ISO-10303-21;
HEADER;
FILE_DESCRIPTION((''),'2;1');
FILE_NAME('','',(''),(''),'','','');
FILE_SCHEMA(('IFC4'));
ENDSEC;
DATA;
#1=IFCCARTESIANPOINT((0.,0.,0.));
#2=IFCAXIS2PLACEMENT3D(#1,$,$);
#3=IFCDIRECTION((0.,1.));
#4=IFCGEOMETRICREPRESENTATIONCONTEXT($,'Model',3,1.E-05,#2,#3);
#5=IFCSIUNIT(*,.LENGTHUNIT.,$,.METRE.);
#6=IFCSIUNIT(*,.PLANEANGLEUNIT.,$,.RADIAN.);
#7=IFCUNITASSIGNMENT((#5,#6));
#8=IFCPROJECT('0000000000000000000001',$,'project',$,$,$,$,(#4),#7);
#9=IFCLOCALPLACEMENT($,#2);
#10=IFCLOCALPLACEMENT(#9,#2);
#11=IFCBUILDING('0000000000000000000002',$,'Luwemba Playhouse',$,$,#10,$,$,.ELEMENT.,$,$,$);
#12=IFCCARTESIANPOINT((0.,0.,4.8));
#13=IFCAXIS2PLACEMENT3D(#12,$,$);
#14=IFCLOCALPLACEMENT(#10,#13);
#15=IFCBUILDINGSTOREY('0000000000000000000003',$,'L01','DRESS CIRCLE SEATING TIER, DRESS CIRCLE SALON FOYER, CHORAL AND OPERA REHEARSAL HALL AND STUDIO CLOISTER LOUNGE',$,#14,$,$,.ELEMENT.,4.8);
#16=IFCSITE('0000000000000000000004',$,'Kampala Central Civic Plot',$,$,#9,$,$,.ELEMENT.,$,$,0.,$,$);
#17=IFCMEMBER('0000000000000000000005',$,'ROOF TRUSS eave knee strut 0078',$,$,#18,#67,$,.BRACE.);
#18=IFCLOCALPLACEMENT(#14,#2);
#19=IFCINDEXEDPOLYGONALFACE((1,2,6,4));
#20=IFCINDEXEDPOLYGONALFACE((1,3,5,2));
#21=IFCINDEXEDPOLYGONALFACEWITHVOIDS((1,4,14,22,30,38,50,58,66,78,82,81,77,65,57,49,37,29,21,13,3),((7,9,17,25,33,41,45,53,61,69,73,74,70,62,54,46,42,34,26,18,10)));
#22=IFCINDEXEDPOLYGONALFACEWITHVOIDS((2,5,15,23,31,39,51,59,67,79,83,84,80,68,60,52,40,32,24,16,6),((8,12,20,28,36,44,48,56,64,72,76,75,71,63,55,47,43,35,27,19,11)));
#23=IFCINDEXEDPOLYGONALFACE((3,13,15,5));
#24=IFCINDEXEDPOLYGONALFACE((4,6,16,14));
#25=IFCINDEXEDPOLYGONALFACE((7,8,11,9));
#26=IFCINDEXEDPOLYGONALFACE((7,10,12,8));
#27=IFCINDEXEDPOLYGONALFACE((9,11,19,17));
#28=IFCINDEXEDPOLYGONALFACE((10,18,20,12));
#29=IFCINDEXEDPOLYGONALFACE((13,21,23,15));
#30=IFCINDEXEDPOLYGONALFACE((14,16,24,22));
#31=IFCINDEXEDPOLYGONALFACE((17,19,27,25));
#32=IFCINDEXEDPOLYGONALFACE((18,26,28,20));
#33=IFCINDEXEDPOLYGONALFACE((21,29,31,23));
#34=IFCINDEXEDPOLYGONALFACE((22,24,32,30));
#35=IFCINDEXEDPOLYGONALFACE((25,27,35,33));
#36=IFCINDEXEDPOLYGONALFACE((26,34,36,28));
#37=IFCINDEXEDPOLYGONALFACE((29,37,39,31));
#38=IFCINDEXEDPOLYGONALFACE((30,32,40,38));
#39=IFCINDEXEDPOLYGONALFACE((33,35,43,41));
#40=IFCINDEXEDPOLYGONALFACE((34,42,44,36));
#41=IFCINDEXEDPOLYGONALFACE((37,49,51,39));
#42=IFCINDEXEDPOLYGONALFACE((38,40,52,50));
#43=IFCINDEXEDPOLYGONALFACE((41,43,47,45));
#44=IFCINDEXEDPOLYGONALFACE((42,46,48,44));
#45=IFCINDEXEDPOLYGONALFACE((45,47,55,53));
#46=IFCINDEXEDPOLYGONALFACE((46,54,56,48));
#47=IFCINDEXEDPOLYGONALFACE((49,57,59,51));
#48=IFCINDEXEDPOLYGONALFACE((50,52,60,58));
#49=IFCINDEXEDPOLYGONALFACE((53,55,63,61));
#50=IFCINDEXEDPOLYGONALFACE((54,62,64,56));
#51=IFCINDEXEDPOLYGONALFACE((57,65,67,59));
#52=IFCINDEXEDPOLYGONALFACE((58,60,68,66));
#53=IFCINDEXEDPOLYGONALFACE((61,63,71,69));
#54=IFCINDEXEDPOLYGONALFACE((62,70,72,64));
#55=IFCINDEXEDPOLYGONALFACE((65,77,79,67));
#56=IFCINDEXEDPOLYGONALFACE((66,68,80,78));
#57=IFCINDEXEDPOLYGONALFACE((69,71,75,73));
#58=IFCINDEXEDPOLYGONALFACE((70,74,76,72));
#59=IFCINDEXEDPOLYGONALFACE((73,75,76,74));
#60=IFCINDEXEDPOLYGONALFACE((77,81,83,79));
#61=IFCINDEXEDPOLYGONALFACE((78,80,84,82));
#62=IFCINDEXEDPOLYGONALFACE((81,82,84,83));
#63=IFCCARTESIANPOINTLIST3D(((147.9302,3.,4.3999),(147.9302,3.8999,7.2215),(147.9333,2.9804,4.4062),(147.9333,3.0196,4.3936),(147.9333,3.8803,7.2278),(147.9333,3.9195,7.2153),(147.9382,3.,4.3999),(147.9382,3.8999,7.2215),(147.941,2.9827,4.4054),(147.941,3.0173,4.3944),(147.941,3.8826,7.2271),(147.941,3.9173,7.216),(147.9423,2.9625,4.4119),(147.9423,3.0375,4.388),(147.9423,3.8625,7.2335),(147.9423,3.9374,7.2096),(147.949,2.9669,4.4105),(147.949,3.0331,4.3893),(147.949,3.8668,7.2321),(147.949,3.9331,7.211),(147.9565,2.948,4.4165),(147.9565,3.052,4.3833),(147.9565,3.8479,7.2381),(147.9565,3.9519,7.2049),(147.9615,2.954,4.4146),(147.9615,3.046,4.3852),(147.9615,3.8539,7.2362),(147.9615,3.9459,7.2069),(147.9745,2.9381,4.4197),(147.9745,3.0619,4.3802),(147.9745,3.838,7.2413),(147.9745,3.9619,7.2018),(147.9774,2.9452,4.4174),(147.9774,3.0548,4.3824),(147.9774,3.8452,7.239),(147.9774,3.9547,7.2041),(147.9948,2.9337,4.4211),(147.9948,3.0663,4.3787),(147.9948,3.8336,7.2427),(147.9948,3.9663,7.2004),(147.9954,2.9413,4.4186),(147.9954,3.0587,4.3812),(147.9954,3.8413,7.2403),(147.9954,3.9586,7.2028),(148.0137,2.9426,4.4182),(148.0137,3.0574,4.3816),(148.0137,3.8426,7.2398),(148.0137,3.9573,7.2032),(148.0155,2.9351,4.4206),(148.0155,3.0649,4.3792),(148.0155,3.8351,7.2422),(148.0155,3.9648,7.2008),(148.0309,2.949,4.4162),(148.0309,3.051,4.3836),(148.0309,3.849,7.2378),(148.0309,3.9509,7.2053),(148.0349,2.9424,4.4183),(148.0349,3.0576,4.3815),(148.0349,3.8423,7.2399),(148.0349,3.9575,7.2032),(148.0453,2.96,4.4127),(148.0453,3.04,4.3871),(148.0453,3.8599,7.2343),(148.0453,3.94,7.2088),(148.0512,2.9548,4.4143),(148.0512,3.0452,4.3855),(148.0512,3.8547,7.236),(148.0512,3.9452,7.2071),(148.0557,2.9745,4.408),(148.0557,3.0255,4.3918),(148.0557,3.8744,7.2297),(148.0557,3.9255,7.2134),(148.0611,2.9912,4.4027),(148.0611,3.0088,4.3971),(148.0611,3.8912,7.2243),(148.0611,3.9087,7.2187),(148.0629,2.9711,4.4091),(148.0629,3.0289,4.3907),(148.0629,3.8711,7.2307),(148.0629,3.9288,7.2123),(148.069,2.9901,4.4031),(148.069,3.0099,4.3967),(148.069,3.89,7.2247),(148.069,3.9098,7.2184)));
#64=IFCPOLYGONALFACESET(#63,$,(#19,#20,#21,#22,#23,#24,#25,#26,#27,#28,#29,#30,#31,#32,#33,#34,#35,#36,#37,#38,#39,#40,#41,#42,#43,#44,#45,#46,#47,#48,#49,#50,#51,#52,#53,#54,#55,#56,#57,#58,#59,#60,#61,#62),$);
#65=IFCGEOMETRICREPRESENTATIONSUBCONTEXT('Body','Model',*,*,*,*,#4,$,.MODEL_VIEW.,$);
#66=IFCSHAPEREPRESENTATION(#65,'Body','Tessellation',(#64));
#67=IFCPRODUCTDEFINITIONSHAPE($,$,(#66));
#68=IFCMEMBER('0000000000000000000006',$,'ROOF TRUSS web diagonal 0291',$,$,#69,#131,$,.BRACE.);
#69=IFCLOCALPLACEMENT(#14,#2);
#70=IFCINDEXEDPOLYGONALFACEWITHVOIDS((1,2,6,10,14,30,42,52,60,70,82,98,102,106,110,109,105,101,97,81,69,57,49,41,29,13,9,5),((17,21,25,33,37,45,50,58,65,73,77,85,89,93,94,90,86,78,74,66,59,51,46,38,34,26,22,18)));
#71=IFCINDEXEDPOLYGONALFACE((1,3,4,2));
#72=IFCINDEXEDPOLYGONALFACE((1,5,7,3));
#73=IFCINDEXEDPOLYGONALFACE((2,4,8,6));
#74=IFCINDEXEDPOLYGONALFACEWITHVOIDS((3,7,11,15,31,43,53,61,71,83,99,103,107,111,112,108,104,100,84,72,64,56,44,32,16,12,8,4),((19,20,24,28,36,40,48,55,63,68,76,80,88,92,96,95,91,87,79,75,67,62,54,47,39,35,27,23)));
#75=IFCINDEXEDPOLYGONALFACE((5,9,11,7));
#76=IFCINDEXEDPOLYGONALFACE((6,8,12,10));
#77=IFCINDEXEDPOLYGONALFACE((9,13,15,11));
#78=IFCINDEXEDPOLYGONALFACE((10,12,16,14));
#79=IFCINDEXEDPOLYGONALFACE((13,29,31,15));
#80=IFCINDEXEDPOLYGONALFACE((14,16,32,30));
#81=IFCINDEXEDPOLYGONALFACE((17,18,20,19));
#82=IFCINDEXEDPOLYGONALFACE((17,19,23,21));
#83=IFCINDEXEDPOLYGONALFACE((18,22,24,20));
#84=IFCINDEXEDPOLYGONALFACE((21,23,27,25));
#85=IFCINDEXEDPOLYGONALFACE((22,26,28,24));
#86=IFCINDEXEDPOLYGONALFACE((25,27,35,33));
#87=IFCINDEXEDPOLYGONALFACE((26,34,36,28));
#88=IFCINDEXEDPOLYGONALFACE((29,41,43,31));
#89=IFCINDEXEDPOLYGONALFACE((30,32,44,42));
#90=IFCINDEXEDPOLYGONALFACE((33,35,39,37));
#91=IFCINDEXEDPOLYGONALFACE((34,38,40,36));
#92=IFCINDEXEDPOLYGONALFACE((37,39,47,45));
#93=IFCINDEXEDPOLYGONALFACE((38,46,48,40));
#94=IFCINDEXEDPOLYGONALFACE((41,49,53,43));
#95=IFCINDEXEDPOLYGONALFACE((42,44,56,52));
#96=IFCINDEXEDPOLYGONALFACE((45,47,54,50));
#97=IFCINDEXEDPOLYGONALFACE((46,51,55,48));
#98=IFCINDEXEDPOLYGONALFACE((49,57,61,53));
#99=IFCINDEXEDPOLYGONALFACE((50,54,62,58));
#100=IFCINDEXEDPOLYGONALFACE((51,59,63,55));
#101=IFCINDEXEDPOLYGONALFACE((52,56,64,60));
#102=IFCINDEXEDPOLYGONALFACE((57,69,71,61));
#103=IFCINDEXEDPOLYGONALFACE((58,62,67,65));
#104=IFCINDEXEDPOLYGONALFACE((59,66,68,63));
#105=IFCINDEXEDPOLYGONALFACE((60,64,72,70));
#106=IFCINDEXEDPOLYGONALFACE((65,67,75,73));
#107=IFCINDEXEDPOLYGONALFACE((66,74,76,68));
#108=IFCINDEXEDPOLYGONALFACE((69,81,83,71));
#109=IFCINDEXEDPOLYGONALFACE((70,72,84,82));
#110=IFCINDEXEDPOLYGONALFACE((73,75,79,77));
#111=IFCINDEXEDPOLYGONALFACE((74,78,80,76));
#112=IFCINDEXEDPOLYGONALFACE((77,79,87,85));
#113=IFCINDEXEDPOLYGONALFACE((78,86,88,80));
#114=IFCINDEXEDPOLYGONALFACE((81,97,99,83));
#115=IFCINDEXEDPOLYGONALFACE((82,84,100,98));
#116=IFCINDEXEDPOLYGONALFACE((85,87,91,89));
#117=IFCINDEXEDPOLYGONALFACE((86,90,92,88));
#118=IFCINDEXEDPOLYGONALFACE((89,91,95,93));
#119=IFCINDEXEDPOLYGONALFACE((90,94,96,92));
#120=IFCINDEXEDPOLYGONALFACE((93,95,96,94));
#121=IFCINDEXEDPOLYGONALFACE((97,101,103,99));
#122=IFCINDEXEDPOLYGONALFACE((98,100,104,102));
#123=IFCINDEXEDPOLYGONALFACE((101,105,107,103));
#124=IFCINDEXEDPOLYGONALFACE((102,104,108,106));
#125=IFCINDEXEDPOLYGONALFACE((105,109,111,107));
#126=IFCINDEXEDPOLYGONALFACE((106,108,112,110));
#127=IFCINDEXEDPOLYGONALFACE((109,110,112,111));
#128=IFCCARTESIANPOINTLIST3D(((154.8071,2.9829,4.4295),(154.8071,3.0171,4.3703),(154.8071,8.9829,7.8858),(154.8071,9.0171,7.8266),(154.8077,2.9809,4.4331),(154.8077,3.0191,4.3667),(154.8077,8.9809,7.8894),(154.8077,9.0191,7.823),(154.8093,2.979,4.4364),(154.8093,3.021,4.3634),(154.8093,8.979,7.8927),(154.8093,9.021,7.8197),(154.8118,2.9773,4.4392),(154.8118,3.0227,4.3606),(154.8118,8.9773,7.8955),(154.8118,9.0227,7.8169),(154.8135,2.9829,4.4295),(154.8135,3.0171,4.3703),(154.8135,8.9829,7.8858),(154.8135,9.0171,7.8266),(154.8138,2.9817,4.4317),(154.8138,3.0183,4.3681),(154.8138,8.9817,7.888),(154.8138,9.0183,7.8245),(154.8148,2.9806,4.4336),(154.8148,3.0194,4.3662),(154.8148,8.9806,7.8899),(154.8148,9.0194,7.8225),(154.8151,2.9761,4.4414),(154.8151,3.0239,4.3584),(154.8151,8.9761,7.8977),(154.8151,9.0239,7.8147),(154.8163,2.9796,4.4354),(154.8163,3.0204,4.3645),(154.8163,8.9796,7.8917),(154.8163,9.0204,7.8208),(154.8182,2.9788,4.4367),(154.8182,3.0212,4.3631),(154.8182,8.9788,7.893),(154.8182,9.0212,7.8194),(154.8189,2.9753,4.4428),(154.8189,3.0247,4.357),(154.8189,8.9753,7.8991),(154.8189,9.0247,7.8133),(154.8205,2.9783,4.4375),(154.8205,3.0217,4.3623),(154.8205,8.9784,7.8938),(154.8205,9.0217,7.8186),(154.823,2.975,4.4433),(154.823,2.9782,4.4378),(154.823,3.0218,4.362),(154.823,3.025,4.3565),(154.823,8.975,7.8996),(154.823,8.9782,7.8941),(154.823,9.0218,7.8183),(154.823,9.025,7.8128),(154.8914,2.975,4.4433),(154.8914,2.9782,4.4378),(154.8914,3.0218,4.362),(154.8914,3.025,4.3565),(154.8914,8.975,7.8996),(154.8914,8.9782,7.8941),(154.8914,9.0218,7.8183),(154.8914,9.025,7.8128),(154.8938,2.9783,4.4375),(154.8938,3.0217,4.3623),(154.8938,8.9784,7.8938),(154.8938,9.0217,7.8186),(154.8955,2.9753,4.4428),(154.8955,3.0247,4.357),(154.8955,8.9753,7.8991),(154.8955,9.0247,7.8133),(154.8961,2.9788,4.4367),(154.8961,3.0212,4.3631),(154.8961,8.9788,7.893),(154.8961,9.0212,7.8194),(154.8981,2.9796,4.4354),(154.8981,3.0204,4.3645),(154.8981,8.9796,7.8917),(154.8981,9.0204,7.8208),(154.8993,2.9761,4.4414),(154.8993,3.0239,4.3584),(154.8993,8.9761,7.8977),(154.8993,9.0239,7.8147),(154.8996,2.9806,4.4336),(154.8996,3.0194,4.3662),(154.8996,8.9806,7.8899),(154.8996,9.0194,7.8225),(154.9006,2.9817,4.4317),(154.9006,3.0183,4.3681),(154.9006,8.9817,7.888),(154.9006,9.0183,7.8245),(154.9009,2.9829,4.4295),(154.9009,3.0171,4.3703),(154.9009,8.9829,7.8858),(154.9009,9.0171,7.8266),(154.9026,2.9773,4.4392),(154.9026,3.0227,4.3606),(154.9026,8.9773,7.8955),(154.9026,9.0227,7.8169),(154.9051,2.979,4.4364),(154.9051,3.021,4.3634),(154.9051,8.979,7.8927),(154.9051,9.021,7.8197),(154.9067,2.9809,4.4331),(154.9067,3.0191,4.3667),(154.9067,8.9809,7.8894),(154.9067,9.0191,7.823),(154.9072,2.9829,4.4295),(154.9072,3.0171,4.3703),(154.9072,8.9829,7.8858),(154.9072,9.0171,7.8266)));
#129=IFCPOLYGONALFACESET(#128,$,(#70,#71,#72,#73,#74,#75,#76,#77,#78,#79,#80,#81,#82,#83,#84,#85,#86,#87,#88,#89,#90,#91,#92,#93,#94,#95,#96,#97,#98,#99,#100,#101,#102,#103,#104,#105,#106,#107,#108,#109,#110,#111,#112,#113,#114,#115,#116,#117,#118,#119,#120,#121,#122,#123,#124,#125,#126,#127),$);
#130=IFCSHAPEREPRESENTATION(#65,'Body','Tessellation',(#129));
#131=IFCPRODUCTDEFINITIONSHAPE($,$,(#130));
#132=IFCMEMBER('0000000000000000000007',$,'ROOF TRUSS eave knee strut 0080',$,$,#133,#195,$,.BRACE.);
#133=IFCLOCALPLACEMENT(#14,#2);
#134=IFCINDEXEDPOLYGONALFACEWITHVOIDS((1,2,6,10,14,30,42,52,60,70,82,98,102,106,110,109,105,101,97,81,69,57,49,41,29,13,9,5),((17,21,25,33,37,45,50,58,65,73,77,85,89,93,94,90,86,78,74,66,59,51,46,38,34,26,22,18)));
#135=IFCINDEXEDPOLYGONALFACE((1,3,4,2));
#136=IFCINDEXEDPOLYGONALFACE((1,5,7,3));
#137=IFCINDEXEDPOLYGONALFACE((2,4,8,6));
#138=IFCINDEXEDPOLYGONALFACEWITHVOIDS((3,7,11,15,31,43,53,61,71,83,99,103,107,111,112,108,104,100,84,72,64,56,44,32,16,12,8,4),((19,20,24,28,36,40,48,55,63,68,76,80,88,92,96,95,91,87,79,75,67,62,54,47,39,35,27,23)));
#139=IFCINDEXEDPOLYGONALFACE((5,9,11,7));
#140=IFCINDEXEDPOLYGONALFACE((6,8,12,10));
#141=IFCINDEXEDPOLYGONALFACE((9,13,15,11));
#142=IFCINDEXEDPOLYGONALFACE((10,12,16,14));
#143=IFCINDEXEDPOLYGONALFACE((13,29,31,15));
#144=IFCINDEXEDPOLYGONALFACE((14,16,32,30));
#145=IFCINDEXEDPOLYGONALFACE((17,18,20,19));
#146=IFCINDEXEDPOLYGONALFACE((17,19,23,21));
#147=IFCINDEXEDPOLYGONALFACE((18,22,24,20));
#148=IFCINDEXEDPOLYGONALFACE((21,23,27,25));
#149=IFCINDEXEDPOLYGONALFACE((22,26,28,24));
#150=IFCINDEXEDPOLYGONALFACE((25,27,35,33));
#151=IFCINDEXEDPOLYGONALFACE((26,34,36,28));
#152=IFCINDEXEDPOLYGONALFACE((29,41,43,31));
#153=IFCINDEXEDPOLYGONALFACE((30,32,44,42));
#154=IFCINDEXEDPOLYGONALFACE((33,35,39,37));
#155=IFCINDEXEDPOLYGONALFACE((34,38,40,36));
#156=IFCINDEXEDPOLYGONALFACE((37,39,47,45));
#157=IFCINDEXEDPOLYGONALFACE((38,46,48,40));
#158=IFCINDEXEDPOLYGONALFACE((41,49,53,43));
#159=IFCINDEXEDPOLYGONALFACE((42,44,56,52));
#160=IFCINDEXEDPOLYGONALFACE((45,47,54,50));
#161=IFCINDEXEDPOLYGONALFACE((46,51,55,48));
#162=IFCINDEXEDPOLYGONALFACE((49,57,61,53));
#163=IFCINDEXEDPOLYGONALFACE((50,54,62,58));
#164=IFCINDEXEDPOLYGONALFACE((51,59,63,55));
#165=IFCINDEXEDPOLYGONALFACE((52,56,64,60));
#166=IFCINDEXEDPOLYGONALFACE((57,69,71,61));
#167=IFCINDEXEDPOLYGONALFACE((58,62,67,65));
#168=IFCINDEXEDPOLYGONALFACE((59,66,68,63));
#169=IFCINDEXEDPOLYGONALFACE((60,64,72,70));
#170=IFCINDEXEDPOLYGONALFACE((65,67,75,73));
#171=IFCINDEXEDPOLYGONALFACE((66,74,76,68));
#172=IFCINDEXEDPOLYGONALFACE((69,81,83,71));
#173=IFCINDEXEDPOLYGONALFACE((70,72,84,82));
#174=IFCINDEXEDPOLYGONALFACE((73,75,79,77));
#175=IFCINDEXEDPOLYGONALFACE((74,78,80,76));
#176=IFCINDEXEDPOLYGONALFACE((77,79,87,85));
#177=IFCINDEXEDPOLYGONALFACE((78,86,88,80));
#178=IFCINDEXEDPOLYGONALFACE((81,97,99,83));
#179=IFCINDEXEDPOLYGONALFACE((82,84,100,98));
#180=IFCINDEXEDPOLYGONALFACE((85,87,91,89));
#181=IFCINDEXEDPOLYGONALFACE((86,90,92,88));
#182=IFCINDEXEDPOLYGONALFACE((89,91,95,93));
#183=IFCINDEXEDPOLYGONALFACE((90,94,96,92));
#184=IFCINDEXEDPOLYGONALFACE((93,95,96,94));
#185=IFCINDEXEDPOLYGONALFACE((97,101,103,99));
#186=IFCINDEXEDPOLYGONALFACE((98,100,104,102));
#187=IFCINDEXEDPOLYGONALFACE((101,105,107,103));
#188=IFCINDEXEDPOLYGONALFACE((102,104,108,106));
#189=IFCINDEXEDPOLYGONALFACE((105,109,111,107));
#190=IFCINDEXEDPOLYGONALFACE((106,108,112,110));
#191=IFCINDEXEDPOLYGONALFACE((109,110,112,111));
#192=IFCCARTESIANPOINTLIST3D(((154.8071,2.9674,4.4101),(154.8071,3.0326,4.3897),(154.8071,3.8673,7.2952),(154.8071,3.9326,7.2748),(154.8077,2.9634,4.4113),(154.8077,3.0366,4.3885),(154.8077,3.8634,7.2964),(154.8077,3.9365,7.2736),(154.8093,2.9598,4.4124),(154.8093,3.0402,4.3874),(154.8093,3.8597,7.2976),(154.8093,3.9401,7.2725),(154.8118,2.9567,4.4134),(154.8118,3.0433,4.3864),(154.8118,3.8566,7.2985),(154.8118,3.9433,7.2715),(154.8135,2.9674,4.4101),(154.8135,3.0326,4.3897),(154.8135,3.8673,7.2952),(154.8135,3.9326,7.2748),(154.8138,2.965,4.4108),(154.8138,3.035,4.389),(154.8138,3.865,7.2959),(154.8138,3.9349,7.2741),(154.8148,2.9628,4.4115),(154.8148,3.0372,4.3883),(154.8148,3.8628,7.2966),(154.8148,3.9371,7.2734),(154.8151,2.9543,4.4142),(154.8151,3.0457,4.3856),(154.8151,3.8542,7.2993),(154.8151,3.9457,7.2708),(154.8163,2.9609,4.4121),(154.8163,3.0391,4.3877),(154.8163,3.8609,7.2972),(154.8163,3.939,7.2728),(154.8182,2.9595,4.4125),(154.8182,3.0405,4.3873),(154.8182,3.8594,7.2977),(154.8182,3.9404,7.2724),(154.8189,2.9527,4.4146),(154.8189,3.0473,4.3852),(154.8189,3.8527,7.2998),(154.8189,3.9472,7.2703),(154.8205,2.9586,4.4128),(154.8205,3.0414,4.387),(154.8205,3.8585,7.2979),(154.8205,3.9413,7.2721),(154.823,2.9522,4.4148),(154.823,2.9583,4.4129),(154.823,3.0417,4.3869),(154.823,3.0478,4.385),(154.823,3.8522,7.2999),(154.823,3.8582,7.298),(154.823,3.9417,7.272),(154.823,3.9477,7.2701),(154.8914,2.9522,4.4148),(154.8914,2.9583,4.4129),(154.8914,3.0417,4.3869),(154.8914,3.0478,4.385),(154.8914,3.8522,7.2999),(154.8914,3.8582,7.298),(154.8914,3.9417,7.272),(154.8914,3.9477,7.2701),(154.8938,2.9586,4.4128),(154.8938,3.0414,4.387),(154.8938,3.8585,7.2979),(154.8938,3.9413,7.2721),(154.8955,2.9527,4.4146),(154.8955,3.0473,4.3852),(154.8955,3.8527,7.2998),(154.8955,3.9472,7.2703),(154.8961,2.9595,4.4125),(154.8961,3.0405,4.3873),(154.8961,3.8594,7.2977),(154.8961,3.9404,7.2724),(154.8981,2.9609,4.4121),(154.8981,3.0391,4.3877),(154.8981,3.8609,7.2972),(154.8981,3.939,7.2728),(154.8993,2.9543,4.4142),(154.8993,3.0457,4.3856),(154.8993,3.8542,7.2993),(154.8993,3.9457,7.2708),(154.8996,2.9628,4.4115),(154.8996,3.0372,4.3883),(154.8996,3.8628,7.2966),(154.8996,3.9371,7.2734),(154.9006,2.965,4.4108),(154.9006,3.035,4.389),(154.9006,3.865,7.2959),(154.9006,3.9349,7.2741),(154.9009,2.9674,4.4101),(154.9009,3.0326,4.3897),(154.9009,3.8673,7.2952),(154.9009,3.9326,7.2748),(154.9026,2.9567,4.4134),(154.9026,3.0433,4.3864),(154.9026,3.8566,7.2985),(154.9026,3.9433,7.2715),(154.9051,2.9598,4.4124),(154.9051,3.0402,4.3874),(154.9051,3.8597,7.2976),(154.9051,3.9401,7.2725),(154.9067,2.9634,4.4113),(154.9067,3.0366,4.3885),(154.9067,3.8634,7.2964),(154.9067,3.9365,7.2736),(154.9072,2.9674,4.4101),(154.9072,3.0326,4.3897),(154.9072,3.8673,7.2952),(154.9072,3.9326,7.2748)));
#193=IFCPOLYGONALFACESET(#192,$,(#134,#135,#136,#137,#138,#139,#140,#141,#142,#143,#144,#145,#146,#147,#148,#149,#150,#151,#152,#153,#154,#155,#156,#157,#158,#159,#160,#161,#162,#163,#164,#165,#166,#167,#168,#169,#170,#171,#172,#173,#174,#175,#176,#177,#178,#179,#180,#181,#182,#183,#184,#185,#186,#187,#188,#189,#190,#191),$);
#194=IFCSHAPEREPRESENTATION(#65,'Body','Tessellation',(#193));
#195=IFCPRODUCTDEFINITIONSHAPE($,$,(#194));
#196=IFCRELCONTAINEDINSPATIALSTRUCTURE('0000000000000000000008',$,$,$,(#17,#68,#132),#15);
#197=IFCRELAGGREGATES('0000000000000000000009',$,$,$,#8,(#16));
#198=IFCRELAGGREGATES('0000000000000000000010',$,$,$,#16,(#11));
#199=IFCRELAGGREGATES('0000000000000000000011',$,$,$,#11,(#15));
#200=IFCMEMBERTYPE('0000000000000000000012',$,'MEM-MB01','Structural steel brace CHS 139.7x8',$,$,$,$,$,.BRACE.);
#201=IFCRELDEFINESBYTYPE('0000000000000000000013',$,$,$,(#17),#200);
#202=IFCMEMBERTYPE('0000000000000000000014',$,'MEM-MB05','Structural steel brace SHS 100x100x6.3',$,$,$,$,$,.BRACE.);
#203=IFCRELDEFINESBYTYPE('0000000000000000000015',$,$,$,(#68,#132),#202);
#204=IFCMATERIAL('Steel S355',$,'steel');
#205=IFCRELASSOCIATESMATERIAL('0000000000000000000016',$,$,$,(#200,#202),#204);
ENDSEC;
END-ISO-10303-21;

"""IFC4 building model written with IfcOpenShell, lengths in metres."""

from ifc_helpers import new_model, si_unit, direction, frame, origin, origin_2d, place, context, subcontext, project, spatial, hollow_rectangle, hollow_circle, extrude, material, material_profile, profile_set, type_object, element, save


model = new_model("IFC4")

# Units and contexts
model_context = context("Model", 3, precision=1e-05, world=origin(), true_north=direction((0.0, 1.0)))
body_context = subcontext(model_context, "Body", "Model", "MODEL_VIEW")
ifc_project = project(units=[si_unit("LENGTHUNIT", "METRE"), si_unit("PLANEANGLEUNIT", "RADIAN")], contexts=[model_context])

# Site, building, storey
site_placement = place(None, origin())
site = spatial("IfcSite", under=ifc_project, at=site_placement, Name="Kampala Central Civic Plot", CompositionType="ELEMENT", RefElevation=0.0)
building_placement = place(site_placement, origin())
building = spatial("IfcBuilding", under=site, at=building_placement, Name="Luwemba Playhouse", CompositionType="ELEMENT")
storey_placement = place(building_placement, frame((0.0, 0.0, 4.8)))
storey = spatial("IfcBuildingStorey", under=building, at=storey_placement, Name="L01", Description="DRESS CIRCLE SEATING TIER, DRESS CIRCLE SALON FOYER, CHORAL AND OPERA REHEARSAL HALL AND STUDIO CLOISTER LOUNGE", CompositionType="ELEMENT", Elevation=4.8)

# Shared definitions
ifc_material_1 = material(Name="Steel S355", Category="steel")

# Members
ifc_material_profile_1 = material_profile(ifc_material_1, hollow_circle(Radius=0.0698, WallThickness=0.0081, at=origin_2d()))
ifc_profile_set_1 = profile_set([ifc_material_profile_1], Name="Steel S355")
member_type_1 = type_object("IfcMemberType", Name="MEM-MB01", Description="Structural steel brace CHS 139.7x8", PredefinedType="BRACE", material=ifc_profile_set_1)
member_1_placement = place(storey_placement, frame((148.0, 3.0, 4.3999), z_axis=(0.0, 0.30386, 0.952717), x_axis=(-1.0, 0.0, 0.0)))
element("IfcMember", 1, at=member_1_placement, inside=storey, type_object=member_type_1, Name="ROOF TRUSS eave knee strut 0078", PredefinedType="BRACE", context=body_context, shape_type="SweptSolid", body=[
    extrude(hollow_circle(Radius=0.0698, WallThickness=0.0081, at=origin_2d()), origin(), (0.0, 0.0, 1.0), 2.9617),
])
ifc_material_profile_2 = material_profile(ifc_material_1, hollow_rectangle(XDim=0.1001, YDim=0.1001, WallThickness=0.0063, InnerFilletRadius=0.0095, OuterFilletRadius=0.0159, at=origin_2d()))
ifc_profile_set_2 = profile_set([ifc_material_profile_2], Name="Steel S355")
member_type_2 = type_object("IfcMemberType", Name="MEM-MB05", Description="Structural steel brace SHS 100x100x6.3", PredefinedType="BRACE", material=ifc_profile_set_2)
member_2_placement = place(storey_placement, frame((154.8572, 3.0, 4.3999), z_axis=(0.0, 0.866513, 0.499155), x_axis=(-1.0, 0.0, 0.0)))
element("IfcMember", 2, at=member_2_placement, inside=storey, type_object=member_type_2, Name="ROOF TRUSS web diagonal 0291", PredefinedType="BRACE", context=body_context, shape_type="SweptSolid", body=[
    extrude(hollow_rectangle(XDim=0.1001, YDim=0.1001, WallThickness=0.0063, InnerFilletRadius=0.0095, OuterFilletRadius=0.0159, at=origin_2d()), origin(), (0.0, 0.0, 1.0), 6.9243),
])
member_3_placement = place(storey_placement, frame((154.8572, 3.0, 4.3999), z_axis=(0.0, 0.297774, 0.954637), x_axis=(-1.0, 0.0, 0.0)))
element("IfcMember", 3, at=member_3_placement, inside=storey, type_object=member_type_2, Name="ROOF TRUSS eave knee strut 0080", PredefinedType="BRACE", context=body_context, shape_type="SweptSolid", body=[
    extrude(hollow_rectangle(XDim=0.1001, YDim=0.1001, WallThickness=0.0063, InnerFilletRadius=0.0095, OuterFilletRadius=0.0159, at=origin_2d()), origin(), (0.0, 0.0, 1.0), 3.0222),
])

save(model, "model.ifc")
